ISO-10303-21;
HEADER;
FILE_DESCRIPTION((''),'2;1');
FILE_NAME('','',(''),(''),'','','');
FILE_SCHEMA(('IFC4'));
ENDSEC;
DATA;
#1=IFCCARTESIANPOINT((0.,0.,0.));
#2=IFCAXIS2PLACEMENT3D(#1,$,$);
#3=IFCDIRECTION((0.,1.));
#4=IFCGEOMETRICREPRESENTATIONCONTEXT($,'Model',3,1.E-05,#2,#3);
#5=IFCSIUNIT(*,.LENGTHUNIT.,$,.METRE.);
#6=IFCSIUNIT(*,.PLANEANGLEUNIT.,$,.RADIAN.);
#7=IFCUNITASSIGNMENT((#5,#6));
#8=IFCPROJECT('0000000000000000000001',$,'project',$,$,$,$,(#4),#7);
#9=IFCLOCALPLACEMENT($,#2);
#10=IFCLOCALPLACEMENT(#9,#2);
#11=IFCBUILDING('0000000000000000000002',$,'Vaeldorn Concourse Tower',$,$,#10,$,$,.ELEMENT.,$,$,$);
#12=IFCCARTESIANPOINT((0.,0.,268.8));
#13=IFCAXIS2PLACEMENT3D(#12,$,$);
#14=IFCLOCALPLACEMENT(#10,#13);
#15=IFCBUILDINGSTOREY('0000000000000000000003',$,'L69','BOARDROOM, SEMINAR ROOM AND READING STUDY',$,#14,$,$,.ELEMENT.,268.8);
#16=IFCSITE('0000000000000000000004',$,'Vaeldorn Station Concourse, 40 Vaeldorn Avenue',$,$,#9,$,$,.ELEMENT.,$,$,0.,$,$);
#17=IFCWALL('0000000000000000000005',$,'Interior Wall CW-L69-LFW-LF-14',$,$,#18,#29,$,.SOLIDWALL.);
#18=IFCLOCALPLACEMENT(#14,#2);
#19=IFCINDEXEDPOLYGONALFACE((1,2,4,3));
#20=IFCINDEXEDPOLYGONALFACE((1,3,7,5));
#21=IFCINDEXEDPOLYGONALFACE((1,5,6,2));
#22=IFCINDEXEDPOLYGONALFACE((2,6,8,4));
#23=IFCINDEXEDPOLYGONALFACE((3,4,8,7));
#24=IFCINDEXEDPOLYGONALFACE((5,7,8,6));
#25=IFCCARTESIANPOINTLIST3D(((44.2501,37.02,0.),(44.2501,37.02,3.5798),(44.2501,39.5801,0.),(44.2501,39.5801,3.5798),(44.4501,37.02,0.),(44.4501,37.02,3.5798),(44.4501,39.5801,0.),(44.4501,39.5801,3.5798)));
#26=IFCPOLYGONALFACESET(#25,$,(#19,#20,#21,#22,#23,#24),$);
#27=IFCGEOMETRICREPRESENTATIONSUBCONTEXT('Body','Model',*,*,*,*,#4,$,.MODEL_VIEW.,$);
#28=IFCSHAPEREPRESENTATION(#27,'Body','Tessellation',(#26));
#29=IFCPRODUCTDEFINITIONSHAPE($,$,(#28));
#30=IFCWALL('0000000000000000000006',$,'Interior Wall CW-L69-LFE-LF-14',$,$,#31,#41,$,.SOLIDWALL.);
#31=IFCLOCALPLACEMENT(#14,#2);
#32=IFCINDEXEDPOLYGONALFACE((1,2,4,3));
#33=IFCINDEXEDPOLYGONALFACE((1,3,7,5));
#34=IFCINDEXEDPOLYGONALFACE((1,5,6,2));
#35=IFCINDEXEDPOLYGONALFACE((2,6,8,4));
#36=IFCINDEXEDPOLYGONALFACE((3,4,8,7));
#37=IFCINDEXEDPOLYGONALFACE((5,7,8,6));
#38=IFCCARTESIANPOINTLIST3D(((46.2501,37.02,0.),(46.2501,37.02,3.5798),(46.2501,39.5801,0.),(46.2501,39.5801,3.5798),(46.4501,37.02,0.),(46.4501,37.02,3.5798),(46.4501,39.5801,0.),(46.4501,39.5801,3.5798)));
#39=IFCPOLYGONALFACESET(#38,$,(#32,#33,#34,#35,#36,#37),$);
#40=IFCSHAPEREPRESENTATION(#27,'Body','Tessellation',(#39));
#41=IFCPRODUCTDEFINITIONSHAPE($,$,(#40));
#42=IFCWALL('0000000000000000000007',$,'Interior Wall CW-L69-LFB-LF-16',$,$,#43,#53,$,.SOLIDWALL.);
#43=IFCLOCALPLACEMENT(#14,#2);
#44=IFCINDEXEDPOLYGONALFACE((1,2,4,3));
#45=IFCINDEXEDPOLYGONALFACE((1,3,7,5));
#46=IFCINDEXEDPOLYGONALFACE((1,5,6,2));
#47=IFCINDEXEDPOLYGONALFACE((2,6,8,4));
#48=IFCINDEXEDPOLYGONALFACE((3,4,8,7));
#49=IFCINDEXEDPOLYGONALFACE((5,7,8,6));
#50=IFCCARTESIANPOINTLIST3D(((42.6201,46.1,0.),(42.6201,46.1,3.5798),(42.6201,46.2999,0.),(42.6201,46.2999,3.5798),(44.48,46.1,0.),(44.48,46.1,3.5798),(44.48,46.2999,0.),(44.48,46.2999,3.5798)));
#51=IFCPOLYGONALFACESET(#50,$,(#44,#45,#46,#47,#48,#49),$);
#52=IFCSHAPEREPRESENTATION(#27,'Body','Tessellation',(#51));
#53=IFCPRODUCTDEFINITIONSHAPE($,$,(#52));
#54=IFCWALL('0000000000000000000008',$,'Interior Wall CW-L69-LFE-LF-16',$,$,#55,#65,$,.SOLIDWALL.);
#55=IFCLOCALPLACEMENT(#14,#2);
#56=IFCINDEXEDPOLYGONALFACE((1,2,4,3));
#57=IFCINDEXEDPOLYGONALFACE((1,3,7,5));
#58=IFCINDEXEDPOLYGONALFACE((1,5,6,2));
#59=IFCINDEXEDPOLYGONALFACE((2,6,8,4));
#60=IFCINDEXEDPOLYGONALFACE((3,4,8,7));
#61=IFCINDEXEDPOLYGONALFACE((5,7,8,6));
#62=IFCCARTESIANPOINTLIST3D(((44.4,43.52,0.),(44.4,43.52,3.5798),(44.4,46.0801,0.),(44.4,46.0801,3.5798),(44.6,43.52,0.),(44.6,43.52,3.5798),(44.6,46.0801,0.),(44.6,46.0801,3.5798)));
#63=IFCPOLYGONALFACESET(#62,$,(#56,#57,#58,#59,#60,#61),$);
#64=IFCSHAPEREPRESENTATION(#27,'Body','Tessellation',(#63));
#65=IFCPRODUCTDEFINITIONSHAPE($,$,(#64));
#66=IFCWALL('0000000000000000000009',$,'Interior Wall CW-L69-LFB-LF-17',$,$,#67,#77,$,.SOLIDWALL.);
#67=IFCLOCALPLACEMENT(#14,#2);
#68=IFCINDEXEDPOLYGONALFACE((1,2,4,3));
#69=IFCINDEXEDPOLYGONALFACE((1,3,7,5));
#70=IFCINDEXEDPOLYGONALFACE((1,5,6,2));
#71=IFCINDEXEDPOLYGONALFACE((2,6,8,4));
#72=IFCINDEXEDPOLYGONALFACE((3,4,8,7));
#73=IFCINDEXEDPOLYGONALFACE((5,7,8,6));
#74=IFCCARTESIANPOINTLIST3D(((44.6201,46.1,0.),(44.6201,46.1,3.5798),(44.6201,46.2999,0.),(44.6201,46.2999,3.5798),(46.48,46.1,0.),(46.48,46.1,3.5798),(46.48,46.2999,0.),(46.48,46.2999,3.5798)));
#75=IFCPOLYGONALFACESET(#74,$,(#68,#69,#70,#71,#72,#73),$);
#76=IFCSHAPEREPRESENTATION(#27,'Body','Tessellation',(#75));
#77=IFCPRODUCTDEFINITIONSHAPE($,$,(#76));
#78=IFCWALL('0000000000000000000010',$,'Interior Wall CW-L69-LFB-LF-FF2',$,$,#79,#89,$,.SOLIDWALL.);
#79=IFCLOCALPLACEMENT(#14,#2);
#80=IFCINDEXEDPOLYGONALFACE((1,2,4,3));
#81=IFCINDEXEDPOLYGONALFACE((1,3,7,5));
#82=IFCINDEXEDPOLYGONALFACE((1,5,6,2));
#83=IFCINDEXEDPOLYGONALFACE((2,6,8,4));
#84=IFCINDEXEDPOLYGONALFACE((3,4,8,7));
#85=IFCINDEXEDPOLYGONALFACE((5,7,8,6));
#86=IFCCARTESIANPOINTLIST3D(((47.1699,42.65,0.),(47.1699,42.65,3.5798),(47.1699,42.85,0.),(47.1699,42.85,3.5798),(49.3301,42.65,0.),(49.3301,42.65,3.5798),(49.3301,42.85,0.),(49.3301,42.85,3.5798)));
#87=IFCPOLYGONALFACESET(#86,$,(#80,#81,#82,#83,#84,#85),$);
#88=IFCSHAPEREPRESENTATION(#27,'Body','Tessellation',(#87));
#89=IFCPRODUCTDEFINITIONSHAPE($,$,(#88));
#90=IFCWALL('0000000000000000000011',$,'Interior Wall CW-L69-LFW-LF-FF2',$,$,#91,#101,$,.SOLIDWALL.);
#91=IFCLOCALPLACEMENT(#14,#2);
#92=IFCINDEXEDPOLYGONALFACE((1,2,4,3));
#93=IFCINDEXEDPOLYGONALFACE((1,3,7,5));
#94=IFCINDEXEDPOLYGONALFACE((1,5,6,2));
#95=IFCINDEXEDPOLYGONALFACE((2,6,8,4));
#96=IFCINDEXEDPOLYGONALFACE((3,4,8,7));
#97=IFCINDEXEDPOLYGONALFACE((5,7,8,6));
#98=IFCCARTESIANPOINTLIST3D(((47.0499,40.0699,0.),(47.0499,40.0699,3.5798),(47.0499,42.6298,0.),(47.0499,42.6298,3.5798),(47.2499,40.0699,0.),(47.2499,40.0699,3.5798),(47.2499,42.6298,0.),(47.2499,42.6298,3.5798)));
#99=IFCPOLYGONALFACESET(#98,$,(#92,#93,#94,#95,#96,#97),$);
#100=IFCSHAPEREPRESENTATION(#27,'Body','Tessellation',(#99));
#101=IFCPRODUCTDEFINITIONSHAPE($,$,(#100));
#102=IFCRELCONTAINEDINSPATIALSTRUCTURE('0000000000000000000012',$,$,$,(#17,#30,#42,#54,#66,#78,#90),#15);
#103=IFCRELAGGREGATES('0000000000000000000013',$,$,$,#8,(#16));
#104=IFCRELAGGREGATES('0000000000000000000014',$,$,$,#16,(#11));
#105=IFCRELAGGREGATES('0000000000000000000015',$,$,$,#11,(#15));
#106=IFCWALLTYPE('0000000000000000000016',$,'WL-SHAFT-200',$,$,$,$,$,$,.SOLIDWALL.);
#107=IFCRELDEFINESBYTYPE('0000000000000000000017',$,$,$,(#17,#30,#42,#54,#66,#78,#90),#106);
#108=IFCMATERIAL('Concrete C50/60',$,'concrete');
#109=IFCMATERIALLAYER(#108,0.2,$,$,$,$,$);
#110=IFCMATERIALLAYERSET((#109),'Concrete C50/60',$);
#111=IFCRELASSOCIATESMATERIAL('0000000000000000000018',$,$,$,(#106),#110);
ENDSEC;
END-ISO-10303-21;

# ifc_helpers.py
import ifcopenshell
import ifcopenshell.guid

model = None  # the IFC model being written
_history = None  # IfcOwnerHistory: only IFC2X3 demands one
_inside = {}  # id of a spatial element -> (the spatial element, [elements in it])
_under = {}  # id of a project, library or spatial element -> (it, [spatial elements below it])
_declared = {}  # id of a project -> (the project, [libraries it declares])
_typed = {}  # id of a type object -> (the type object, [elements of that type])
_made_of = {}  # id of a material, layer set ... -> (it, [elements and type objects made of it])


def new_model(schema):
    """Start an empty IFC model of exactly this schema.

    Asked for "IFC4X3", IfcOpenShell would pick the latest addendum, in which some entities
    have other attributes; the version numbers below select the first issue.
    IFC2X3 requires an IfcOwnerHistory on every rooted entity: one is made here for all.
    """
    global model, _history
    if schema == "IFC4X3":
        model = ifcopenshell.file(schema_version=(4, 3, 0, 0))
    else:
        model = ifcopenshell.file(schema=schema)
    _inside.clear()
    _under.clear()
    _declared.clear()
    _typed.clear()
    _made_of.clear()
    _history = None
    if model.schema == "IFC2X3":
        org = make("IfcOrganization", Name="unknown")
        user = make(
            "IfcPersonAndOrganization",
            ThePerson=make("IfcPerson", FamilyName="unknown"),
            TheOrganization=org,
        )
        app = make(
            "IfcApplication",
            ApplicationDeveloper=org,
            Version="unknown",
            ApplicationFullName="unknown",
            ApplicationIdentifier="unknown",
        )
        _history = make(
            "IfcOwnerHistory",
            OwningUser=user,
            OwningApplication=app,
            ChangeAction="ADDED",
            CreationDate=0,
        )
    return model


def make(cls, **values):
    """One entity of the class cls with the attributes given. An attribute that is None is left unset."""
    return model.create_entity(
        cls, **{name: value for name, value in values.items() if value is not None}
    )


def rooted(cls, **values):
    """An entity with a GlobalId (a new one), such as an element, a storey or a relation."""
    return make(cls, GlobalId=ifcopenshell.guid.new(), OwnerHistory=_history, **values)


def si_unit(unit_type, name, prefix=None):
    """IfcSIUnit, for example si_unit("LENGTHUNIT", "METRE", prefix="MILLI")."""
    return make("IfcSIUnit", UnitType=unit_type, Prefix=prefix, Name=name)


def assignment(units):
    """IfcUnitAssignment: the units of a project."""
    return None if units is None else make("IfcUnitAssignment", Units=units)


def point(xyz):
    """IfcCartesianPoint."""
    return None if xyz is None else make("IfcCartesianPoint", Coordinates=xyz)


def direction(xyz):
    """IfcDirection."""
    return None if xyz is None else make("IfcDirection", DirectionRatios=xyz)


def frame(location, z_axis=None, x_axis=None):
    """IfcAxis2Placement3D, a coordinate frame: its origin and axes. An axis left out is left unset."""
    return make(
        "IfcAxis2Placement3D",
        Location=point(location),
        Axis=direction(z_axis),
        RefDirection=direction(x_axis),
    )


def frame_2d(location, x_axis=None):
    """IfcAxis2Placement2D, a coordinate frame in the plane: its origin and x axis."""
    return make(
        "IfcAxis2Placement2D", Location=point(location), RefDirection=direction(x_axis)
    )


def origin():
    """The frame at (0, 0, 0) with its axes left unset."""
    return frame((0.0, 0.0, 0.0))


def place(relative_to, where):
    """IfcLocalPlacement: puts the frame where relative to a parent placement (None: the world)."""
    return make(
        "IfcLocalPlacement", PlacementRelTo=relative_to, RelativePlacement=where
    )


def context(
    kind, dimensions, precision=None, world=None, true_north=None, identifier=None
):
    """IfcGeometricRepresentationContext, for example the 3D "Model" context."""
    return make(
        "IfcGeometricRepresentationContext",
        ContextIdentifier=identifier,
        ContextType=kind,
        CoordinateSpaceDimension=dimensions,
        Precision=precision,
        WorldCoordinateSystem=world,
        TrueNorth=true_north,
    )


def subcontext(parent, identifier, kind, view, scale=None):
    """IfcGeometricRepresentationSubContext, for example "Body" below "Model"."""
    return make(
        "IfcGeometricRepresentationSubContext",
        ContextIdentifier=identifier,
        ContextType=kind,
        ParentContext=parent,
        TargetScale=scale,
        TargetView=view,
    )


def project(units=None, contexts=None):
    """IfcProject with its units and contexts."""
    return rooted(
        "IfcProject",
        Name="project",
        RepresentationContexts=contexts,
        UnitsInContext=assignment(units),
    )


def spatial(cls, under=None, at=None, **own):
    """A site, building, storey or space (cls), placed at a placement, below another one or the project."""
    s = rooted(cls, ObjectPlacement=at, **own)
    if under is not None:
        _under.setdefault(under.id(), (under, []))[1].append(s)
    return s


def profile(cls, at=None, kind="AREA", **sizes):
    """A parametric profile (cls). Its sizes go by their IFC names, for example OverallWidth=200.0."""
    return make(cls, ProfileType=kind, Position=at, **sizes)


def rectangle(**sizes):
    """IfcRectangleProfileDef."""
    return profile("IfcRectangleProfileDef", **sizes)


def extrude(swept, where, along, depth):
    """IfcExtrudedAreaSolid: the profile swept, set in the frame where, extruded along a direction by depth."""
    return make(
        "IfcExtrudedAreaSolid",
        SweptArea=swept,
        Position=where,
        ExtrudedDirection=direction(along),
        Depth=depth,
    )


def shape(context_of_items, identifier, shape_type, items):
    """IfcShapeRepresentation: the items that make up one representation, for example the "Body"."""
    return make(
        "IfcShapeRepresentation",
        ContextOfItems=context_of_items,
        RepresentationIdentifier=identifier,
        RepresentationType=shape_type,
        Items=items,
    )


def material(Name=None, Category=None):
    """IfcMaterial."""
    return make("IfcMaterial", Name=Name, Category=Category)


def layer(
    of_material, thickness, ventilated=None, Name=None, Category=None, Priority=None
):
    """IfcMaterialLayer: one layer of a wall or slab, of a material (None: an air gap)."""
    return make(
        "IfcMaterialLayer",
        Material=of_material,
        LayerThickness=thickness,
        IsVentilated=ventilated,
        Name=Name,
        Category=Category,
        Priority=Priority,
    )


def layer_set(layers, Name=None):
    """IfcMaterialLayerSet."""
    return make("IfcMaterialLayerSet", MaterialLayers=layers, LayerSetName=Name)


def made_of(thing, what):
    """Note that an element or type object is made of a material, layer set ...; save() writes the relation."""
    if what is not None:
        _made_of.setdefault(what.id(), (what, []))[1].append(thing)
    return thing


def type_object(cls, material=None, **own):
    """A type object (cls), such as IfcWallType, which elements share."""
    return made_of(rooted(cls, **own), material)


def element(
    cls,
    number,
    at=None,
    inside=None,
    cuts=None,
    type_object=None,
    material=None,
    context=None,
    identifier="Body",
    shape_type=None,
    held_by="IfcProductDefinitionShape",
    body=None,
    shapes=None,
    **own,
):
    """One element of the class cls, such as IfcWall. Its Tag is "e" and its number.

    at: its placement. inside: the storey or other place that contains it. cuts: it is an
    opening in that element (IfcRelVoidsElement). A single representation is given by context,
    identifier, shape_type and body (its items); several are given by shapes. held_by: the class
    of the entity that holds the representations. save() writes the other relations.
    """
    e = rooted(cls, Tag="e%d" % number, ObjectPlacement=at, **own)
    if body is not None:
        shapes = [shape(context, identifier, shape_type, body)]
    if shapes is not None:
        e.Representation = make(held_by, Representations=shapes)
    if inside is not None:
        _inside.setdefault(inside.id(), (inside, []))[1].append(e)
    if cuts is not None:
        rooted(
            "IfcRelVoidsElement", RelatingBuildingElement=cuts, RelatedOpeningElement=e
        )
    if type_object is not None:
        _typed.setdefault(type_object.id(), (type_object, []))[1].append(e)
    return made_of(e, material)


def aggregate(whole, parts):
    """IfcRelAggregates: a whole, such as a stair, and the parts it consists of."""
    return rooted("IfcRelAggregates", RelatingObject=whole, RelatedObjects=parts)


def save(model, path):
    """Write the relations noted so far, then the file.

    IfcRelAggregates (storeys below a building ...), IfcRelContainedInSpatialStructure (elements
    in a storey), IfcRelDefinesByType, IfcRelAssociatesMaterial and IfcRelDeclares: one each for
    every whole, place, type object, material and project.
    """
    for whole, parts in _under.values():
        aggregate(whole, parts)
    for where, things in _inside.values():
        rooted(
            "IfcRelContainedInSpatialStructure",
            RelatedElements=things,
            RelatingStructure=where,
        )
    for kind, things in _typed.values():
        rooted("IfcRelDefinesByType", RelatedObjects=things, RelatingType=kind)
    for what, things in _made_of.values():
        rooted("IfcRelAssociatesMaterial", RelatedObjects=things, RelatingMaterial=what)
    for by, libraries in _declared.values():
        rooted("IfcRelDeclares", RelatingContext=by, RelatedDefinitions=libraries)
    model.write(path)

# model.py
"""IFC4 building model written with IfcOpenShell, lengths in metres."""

from ifc_helpers import new_model, si_unit, direction, frame, frame_2d, origin, place, context, subcontext, project, spatial, rectangle, extrude, material, layer, layer_set, type_object, element, save


model = new_model("IFC4")

# Units and contexts
model_context = context("Model", 3, precision=1e-05, world=origin(), true_north=direction((0.0, 1.0)))
body_context = subcontext(model_context, "Body", "Model", "MODEL_VIEW")
ifc_project = project(units=[si_unit("LENGTHUNIT", "METRE"), si_unit("PLANEANGLEUNIT", "RADIAN")], contexts=[model_context])

# Site, building, storey
site_placement = place(None, origin())
site = spatial("IfcSite", under=ifc_project, at=site_placement, Name="Vaeldorn Station Concourse, 40 Vaeldorn Avenue", CompositionType="ELEMENT", RefElevation=0.0)
building_placement = place(site_placement, origin())
building = spatial("IfcBuilding", under=site, at=building_placement, Name="Vaeldorn Concourse Tower", CompositionType="ELEMENT")
storey_placement = place(building_placement, frame((0.0, 0.0, 268.8)))
storey = spatial("IfcBuildingStorey", under=building, at=storey_placement, Name="L69", Description="BOARDROOM, SEMINAR ROOM AND READING STUDY", CompositionType="ELEMENT", Elevation=268.8)

# Shared definitions
ifc_material_1 = material(Name="Concrete C50/60", Category="concrete")

# Shared definitions
ifc_layer_1 = layer(ifc_material_1, 0.2)
ifc_layer_set_1 = layer_set([ifc_layer_1], Name="Concrete C50/60")
wall_type_1 = type_object("IfcWallType", Name="WL-SHAFT-200", PredefinedType="SOLIDWALL", material=ifc_layer_set_1)

# Walls
for number, where, z_axis, x_axis, name in (
    (1, (44.3501, 37.02, 0.0), (0.0, 0.0, 1.0), (0.0, 1.0, 0.0), "Interior Wall CW-L69-LFW-LF-14"),
    (2, (46.3501, 37.02, 0.0), (0.0, 0.0, 1.0), (0.0, 1.0, 0.0), "Interior Wall CW-L69-LFE-LF-14"),
):
    element("IfcWall", number, at=place(storey_placement, frame(where, z_axis=z_axis, x_axis=x_axis)), inside=storey, type_object=wall_type_1, Name=name, PredefinedType="SOLIDWALL", context=body_context, shape_type="SweptSolid", body=[
        extrude(rectangle(XDim=2.5601, YDim=0.2, at=frame_2d((1.28, 0.0))), origin(), (0.0, 0.0, 1.0), 3.5798),
    ])
wall_1_placement = place(storey_placement, frame((42.6201, 46.2, 0.0), z_axis=(0.0, 0.0, 1.0), x_axis=(1.0, 0.0, 0.0)))
element("IfcWall", 3, at=wall_1_placement, inside=storey, type_object=wall_type_1, Name="Interior Wall CW-L69-LFB-LF-16", PredefinedType="SOLIDWALL", context=body_context, shape_type="SweptSolid", body=[
    extrude(rectangle(XDim=1.8599, YDim=0.2, at=frame_2d((0.9299, 0.0))), origin(), (0.0, 0.0, 1.0), 3.5798),
])
wall_2_placement = place(storey_placement, frame((44.5, 43.52, 0.0), z_axis=(0.0, 0.0, 1.0), x_axis=(0.0, 1.0, 0.0)))
element("IfcWall", 4, at=wall_2_placement, inside=storey, type_object=wall_type_1, Name="Interior Wall CW-L69-LFE-LF-16", PredefinedType="SOLIDWALL", context=body_context, shape_type="SweptSolid", body=[
    extrude(rectangle(XDim=2.5601, YDim=0.2, at=frame_2d((1.28, 0.0))), origin(), (0.0, 0.0, 1.0), 3.5798),
])

# Wall
wall_3_placement = place(storey_placement, frame((44.6201, 46.2, 0.0), z_axis=(0.0, 0.0, 1.0), x_axis=(1.0, 0.0, 0.0)))
element("IfcWall", 5, at=wall_3_placement, inside=storey, type_object=wall_type_1, Name="Interior Wall CW-L69-LFB-LF-17", PredefinedType="SOLIDWALL", context=body_context, shape_type="SweptSolid", body=[
    extrude(rectangle(XDim=1.8599, YDim=0.2, at=frame_2d((0.9299, 0.0))), origin(), (0.0, 0.0, 1.0), 3.5798),
])

# Walls
wall_4_placement = place(storey_placement, frame((47.1699, 42.75, 0.0), z_axis=(0.0, 0.0, 1.0), x_axis=(1.0, 0.0, 0.0)))
element("IfcWall", 6, at=wall_4_placement, inside=storey, type_object=wall_type_1, Name="Interior Wall CW-L69-LFB-LF-FF2", PredefinedType="SOLIDWALL", context=body_context, shape_type="SweptSolid", body=[
    extrude(rectangle(XDim=2.1602, YDim=0.2, at=frame_2d((1.0801, 0.0))), origin(), (0.0, 0.0, 1.0), 3.5798),
])
wall_5_placement = place(storey_placement, frame((47.1499, 40.0701, 0.0), z_axis=(0.0, 0.0, 1.0), x_axis=(0.0, 1.0, 0.0)))
element("IfcWall", 7, at=wall_5_placement, inside=storey, type_object=wall_type_1, Name="Interior Wall CW-L69-LFW-LF-FF2", PredefinedType="SOLIDWALL", context=body_context, shape_type="SweptSolid", body=[
    extrude(rectangle(XDim=2.5598, YDim=0.2, at=frame_2d((1.2798, 0.0))), origin(), (0.0, 0.0, 1.0), 3.5798),
])

save(model, "model.ifc")
